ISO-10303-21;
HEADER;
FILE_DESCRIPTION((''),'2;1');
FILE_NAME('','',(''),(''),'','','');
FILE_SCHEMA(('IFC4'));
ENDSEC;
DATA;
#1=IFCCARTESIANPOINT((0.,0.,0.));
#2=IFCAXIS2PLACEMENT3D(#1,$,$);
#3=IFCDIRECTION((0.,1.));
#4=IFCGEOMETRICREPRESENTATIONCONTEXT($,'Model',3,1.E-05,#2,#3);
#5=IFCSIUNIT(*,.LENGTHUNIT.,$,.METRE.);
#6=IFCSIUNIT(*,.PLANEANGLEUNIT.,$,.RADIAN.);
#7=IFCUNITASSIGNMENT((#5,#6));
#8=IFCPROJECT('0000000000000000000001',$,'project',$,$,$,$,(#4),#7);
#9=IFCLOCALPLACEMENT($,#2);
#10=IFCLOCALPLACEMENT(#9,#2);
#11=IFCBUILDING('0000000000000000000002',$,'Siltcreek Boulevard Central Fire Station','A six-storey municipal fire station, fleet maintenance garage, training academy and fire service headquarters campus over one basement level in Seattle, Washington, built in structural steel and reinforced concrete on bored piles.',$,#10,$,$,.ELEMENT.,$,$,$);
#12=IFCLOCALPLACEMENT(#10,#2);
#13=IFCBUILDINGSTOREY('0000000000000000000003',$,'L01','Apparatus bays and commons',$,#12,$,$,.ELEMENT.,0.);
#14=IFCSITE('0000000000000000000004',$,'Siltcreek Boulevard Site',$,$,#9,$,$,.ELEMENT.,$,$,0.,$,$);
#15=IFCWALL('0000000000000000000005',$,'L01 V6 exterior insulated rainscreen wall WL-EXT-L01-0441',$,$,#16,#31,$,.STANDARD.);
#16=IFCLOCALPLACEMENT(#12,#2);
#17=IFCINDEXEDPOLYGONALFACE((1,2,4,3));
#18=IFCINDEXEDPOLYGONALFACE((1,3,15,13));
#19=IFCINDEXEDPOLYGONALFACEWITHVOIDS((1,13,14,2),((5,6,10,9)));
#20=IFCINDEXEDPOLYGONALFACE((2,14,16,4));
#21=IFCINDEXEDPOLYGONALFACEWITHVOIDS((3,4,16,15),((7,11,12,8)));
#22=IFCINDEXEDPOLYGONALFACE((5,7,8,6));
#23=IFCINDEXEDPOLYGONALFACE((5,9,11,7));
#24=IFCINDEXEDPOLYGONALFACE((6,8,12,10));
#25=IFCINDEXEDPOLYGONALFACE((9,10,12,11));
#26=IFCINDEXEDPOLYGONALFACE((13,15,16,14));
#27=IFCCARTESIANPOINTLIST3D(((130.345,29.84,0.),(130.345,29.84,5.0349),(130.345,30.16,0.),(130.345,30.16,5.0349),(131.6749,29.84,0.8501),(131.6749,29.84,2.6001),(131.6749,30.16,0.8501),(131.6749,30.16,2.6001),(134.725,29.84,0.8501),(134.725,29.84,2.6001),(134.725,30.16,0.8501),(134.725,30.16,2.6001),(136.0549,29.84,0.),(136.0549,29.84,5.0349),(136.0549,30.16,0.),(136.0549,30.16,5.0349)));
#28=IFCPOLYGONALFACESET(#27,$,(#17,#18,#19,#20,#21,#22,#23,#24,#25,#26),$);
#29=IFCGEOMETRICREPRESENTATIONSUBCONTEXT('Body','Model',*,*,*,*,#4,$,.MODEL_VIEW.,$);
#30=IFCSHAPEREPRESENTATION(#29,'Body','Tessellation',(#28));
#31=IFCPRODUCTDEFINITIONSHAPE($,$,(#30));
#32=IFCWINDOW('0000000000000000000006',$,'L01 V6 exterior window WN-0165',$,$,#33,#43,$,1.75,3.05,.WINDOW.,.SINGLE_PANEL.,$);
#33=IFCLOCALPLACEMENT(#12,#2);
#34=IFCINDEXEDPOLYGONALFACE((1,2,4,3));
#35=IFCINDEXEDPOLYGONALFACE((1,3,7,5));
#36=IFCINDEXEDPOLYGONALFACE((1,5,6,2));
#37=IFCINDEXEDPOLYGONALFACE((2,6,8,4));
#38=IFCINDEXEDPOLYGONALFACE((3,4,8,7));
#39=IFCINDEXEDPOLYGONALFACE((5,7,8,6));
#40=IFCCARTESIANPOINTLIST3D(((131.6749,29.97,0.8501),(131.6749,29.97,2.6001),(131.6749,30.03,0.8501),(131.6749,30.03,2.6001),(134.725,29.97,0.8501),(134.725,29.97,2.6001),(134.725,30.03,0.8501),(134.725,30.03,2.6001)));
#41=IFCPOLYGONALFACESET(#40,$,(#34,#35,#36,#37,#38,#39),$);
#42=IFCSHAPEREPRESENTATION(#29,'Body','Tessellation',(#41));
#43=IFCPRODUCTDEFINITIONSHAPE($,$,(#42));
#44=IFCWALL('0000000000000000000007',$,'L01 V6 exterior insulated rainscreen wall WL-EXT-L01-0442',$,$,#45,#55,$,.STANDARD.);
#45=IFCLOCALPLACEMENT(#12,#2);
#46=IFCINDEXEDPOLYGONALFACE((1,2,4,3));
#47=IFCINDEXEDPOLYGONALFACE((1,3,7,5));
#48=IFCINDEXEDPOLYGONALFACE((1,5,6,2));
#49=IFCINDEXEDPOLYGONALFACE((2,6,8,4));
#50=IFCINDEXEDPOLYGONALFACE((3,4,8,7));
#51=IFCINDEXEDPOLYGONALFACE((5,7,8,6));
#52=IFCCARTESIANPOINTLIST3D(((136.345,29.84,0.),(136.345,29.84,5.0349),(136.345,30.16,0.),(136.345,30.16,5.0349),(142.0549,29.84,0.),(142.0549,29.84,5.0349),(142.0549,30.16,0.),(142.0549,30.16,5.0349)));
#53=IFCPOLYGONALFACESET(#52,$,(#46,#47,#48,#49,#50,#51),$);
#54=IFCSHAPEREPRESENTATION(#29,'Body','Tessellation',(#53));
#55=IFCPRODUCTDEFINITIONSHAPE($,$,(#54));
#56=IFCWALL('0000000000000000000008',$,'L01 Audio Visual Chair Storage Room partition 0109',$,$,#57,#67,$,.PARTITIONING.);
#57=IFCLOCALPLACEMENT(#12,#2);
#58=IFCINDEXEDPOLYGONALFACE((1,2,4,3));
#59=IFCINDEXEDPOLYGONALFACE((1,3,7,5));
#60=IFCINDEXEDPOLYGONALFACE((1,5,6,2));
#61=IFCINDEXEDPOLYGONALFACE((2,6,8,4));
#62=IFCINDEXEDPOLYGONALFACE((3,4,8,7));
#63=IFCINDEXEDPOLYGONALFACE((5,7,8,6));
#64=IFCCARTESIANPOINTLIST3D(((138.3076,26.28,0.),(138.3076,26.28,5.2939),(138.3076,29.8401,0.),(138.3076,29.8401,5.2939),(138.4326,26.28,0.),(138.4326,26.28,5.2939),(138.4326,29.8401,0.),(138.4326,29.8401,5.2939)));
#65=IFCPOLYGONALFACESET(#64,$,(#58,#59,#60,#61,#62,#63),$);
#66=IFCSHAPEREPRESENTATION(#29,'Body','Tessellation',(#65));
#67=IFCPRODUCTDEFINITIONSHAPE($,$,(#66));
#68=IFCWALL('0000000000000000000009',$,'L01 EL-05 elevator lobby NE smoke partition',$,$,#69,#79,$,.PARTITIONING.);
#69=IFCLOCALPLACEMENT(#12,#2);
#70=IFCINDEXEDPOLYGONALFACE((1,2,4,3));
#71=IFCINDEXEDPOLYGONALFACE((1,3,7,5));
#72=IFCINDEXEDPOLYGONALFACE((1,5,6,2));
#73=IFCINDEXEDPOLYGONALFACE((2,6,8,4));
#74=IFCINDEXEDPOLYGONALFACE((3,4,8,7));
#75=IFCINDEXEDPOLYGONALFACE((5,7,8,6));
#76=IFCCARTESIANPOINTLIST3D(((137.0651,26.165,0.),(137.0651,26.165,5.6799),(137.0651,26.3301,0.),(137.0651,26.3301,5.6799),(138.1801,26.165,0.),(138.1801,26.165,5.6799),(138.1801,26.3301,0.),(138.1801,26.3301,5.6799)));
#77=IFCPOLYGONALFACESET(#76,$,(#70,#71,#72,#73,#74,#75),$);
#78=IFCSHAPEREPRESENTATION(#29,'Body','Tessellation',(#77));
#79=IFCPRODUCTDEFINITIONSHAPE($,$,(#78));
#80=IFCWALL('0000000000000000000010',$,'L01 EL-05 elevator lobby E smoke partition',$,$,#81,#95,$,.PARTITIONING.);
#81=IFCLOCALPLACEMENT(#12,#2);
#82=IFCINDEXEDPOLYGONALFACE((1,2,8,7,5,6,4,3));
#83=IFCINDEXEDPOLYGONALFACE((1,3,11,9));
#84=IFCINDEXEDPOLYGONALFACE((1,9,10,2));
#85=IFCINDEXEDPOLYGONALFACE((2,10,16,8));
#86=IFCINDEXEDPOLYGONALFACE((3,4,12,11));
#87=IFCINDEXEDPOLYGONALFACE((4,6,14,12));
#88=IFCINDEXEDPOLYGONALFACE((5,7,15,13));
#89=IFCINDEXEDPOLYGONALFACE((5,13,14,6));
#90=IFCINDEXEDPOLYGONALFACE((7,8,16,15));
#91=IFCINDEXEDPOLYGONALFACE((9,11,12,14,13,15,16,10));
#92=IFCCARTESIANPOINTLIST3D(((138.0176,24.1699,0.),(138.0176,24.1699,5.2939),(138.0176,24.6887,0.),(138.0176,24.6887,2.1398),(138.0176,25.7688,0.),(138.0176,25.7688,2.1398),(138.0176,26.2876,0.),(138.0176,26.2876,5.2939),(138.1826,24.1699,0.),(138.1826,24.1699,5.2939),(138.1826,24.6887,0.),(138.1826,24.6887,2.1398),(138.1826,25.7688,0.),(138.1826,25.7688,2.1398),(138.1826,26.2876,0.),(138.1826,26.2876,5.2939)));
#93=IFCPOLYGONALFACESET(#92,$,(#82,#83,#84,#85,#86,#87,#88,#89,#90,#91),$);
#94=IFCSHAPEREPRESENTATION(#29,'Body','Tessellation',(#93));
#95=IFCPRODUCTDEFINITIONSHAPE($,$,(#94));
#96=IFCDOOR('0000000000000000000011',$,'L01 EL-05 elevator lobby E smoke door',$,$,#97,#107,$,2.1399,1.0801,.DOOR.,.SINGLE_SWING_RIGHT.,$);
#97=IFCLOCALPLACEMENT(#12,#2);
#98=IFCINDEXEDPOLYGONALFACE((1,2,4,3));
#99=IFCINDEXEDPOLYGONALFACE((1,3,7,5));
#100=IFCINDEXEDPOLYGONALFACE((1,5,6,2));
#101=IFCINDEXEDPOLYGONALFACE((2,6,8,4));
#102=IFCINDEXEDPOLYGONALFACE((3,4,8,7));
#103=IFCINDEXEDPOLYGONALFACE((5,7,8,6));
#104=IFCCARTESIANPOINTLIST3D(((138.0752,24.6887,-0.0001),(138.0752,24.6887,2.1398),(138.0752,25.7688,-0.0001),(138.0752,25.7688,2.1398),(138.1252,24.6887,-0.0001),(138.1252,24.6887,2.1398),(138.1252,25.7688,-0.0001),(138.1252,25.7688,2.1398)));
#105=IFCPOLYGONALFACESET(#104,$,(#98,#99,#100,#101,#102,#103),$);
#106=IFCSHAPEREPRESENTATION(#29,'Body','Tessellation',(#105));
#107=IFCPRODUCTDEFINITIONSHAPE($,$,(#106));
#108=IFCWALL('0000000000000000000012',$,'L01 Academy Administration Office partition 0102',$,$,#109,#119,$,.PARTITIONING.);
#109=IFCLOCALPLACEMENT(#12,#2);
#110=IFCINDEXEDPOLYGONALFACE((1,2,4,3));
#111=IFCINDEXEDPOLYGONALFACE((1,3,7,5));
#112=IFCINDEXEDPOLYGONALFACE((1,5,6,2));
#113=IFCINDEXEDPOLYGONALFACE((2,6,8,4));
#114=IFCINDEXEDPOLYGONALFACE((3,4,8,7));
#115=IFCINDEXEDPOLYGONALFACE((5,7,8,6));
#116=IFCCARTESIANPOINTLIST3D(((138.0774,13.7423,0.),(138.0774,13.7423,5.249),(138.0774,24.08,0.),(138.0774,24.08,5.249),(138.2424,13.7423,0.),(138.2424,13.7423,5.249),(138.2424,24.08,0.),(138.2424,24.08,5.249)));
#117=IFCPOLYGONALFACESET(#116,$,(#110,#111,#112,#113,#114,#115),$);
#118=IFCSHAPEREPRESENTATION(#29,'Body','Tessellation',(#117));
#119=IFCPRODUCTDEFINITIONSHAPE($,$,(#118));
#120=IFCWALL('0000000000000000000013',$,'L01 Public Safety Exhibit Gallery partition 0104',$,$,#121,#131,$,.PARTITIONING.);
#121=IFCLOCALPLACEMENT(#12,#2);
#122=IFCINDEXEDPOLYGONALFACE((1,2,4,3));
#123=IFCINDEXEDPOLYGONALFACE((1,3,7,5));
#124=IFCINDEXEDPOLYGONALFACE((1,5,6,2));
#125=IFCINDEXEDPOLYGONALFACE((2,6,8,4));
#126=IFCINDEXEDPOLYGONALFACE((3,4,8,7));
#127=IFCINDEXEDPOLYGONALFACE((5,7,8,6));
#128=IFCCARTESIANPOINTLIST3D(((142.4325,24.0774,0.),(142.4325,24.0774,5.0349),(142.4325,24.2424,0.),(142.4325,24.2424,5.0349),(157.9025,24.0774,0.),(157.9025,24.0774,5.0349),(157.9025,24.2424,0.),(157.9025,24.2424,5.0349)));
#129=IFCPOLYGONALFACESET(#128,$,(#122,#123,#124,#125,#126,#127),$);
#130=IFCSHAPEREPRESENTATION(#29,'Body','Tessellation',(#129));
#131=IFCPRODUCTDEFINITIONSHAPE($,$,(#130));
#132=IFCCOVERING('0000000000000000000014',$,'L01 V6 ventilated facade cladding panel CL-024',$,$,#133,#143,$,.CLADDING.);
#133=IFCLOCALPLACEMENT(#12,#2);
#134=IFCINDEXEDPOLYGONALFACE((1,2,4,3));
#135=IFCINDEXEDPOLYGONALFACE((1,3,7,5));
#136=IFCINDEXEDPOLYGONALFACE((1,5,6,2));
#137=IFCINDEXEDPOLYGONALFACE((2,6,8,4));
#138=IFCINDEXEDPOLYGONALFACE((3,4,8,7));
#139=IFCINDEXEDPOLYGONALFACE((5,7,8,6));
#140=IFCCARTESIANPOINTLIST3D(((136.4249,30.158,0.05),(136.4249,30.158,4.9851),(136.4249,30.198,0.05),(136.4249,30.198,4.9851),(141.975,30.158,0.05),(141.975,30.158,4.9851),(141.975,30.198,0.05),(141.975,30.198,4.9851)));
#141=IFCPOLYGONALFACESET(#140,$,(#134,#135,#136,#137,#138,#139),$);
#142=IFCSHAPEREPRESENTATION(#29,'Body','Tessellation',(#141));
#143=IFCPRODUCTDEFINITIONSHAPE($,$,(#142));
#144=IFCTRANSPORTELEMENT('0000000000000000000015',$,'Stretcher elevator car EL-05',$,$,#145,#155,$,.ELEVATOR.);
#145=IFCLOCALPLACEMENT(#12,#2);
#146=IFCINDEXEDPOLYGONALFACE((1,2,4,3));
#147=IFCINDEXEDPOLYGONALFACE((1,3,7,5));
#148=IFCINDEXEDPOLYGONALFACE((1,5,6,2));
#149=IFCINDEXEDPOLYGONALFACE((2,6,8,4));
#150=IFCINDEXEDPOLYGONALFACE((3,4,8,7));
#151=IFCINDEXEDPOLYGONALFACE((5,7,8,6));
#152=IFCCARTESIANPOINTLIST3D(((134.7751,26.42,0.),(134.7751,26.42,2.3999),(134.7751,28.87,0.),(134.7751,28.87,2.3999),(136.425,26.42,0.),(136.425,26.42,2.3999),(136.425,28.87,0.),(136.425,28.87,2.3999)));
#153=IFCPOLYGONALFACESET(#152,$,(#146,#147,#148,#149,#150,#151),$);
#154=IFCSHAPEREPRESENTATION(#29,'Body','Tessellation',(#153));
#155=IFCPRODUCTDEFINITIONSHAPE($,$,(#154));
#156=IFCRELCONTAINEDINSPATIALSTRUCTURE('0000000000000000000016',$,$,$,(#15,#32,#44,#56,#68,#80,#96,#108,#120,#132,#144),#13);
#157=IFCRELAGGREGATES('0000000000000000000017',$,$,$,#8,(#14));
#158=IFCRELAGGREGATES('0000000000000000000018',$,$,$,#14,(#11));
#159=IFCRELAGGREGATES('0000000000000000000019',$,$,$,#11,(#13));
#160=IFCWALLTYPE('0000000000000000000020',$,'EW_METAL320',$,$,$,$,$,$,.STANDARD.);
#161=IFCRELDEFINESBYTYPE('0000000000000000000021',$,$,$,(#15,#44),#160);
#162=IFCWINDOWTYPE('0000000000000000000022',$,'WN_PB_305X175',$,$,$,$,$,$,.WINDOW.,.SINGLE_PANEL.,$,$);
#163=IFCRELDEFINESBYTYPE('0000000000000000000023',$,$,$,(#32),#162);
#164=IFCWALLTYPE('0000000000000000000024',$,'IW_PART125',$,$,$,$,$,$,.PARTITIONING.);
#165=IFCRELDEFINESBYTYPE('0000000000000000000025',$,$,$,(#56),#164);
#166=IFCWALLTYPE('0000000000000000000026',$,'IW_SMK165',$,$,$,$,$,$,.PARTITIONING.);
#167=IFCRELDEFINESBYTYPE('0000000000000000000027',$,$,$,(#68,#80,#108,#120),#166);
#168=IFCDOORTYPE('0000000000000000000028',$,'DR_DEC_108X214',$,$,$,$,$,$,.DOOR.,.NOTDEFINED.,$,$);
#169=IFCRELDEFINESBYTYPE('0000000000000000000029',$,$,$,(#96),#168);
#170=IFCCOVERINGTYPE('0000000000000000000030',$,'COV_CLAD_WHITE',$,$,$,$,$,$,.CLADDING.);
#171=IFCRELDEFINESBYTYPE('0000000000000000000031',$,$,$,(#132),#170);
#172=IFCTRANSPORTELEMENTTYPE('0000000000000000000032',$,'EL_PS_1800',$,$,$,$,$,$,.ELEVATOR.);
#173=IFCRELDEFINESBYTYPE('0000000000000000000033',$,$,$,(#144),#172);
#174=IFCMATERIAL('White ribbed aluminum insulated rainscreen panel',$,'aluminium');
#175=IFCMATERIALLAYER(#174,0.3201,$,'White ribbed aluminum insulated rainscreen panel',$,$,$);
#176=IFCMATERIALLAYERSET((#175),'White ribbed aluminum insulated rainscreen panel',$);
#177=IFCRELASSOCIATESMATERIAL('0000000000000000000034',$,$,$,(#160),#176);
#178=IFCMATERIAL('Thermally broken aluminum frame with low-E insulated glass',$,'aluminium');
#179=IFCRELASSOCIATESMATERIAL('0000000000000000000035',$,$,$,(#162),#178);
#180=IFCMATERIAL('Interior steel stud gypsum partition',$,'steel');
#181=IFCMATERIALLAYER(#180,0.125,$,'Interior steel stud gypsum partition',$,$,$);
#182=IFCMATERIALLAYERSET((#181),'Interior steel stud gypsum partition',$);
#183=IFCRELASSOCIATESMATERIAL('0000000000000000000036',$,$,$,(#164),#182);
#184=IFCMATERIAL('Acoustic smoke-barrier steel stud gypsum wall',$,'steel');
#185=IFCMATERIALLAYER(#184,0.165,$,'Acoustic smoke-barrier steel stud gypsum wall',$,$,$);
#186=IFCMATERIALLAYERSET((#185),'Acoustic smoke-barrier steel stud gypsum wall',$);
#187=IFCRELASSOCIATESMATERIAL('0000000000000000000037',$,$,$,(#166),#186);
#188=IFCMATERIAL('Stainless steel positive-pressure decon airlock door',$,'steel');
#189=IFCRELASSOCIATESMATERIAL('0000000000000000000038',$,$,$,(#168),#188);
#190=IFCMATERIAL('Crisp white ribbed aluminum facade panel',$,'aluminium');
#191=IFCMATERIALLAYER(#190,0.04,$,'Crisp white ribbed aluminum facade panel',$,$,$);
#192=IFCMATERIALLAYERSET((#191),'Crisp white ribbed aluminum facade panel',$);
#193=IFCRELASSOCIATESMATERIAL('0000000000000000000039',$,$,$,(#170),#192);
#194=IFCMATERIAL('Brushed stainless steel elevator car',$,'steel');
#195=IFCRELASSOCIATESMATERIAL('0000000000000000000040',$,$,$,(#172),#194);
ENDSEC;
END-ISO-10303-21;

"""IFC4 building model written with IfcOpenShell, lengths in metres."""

from ifc_helpers import new_model, si_unit, direction, frame, frame_2d, origin, origin_2d, place, context, subcontext, project, spatial, rectangle, extrude, material, layer, layer_set, type_object, element, fill, save


model = new_model("IFC4")

# Units and contexts
model_context = context("Model", 3, precision=1e-05, world=origin(), true_north=direction((0.0, 1.0)))
body_context = subcontext(model_context, "Body", "Model", "MODEL_VIEW")
ifc_project = project(units=[si_unit("LENGTHUNIT", "METRE"), si_unit("PLANEANGLEUNIT", "RADIAN")], contexts=[model_context])

# Site, building, storey
site_placement = place(None, origin())
site = spatial("IfcSite", under=ifc_project, at=site_placement, Name="Siltcreek Boulevard Site", CompositionType="ELEMENT", RefElevation=0.0)
building_placement = place(site_placement, origin())
building = spatial("IfcBuilding", under=site, at=building_placement, Name="Siltcreek Boulevard Central Fire Station", Description="A six-storey municipal fire station, fleet maintenance garage, training academy and fire service headquarters campus over one basement level in Seattle, Washington, built in structural steel and reinforced concrete on bored piles.", CompositionType="ELEMENT")
storey_placement = place(building_placement, origin())
storey = spatial("IfcBuildingStorey", under=building, at=storey_placement, Name="L01", Description="Apparatus bays and commons", CompositionType="ELEMENT", Elevation=0.0)

# Wall, opening, window
ifc_material_1 = material(Name="White ribbed aluminum insulated rainscreen panel", Category="aluminium")
ifc_layer_1 = layer(ifc_material_1, 0.3201, Name="White ribbed aluminum insulated rainscreen panel")
ifc_layer_set_1 = layer_set([ifc_layer_1], Name="White ribbed aluminum insulated rainscreen panel")
wall_type_1 = type_object("IfcWallType", Name="EW_METAL320", PredefinedType="STANDARD", material=ifc_layer_set_1)
wall_1_placement = place(storey_placement, frame((136.0549, 30.0, 0.0), z_axis=(0.0, 0.0, 1.0), x_axis=(-1.0, 0.0, 0.0)))
wall_1 = element("IfcWall", 1, at=wall_1_placement, inside=storey, type_object=wall_type_1, Name="L01 V6 exterior insulated rainscreen wall WL-EXT-L01-0441", PredefinedType="STANDARD", context=body_context, shape_type="SweptSolid", body=[
    extrude(rectangle(XDim=5.71, YDim=0.3201, at=frame_2d((2.855, 0.0))), origin(), (0.0, 0.0, 1.0), 5.0349),
])
opening_1_placement = place(wall_1_placement, frame((1.3301, 0.0, 0.8501)))
opening_1 = element("IfcOpeningElement", 2, at=opening_1_placement, cuts=wall_1, PredefinedType="OPENING", context=body_context, shape_type="SweptSolid", body=[
    extrude(rectangle(XDim=3.05, YDim=1.75, at=frame_2d((1.5249, 0.875))), frame((0.0, 0.1699, 0.0), z_axis=(0.0, -1.0, 0.0), x_axis=(1.0, 0.0, 0.0)), (0.0, 0.0, 1.0), 0.3401),
])
ifc_material_2 = material(Name="Thermally broken aluminum frame with low-E insulated glass", Category="aluminium")
window_type = type_object("IfcWindowType", Name="WN_PB_305X175", PartitioningType="SINGLE_PANEL", PredefinedType="WINDOW", material=ifc_material_2)
window_placement = place(opening_1_placement, origin())
window = element("IfcWindow", 3, at=window_placement, inside=storey, type_object=window_type, Name="L01 V6 exterior window WN-0165", OverallHeight=1.75, OverallWidth=3.05, PartitioningType="SINGLE_PANEL", PredefinedType="WINDOW", context=body_context, shape_type="SweptSolid", body=[
    extrude(rectangle(XDim=3.05, YDim=1.75, at=frame_2d((1.5249, 0.875))), frame((0.0, 0.03, 0.0), z_axis=(0.0, -1.0, 0.0), x_axis=(1.0, 0.0, 0.0)), (0.0, 0.0, 1.0), 0.0601),
])
fill(opening_1, window)

# Walls
wall_2_placement = place(storey_placement, frame((142.0549, 30.0, 0.0), z_axis=(0.0, 0.0, 1.0), x_axis=(-1.0, 0.0, 0.0)))
element("IfcWall", 4, at=wall_2_placement, inside=storey, type_object=wall_type_1, Name="L01 V6 exterior insulated rainscreen wall WL-EXT-L01-0442", PredefinedType="STANDARD", context=body_context, shape_type="SweptSolid", body=[
    extrude(rectangle(XDim=5.71, YDim=0.3201, at=frame_2d((2.855, 0.0))), origin(), (0.0, 0.0, 1.0), 5.0349),
])
ifc_material_3 = material(Name="Interior steel stud gypsum partition", Category="steel")
ifc_layer_2 = layer(ifc_material_3, 0.125, Name="Interior steel stud gypsum partition")
ifc_layer_set_2 = layer_set([ifc_layer_2], Name="Interior steel stud gypsum partition")
wall_type_2 = type_object("IfcWallType", Name="IW_PART125", PredefinedType="PARTITIONING", material=ifc_layer_set_2)
wall_3_placement = place(storey_placement, frame((138.3701, 26.28, 0.0), z_axis=(0.0, 0.0, 1.0), x_axis=(0.0, 1.0, 0.0)))
element("IfcWall", 5, at=wall_3_placement, inside=storey, type_object=wall_type_2, Name="L01 Audio Visual Chair Storage Room partition 0109", PredefinedType="PARTITIONING", context=body_context, shape_type="SweptSolid", body=[
    extrude(rectangle(XDim=3.5601, YDim=0.125, at=frame_2d((1.78, 0.0))), origin(), (0.0, 0.0, 1.0), 5.2939),
])
ifc_material_4 = material(Name="Acoustic smoke-barrier steel stud gypsum wall", Category="steel")
ifc_layer_3 = layer(ifc_material_4, 0.165, Name="Acoustic smoke-barrier steel stud gypsum wall")
ifc_layer_set_3 = layer_set([ifc_layer_3], Name="Acoustic smoke-barrier steel stud gypsum wall")
wall_type_3 = type_object("IfcWallType", Name="IW_SMK165", PredefinedType="PARTITIONING", material=ifc_layer_set_3)
wall_4_placement = place(storey_placement, frame((137.0649, 26.2476, 0.0), z_axis=(0.0, 0.0, 1.0), x_axis=(1.0, 0.0, 0.0)))
element("IfcWall", 6, at=wall_4_placement, inside=storey, type_object=wall_type_3, Name="L01 EL-05 elevator lobby NE smoke partition", PredefinedType="PARTITIONING", context=body_context, shape_type="SweptSolid", body=[
    extrude(rectangle(XDim=1.115, YDim=0.165, at=frame_2d((0.5576, 0.0))), origin(), (0.0, 0.0, 1.0), 5.6799),
])

# Wall, opening, door
wall_5_placement = place(storey_placement, frame((138.1001, 24.1699, 0.0), z_axis=(0.0, 0.0, 1.0), x_axis=(0.0, 1.0, 0.0)))
wall_5 = element("IfcWall", 7, at=wall_5_placement, inside=storey, type_object=wall_type_3, Name="L01 EL-05 elevator lobby E smoke partition", PredefinedType="PARTITIONING", context=body_context, shape_type="SweptSolid", body=[
    extrude(rectangle(XDim=2.1177, YDim=0.165, at=frame_2d((1.0588, 0.0))), origin(), (0.0, 0.0, 1.0), 5.2939),
])
opening_2_placement = place(wall_5_placement, frame((0.5188, 0.0, 0.0)))
opening_2 = element("IfcOpeningElement", 8, at=opening_2_placement, cuts=wall_5, PredefinedType="OPENING", context=body_context, shape_type="SweptSolid", body=[
    extrude(rectangle(XDim=1.0801, YDim=2.1399, at=frame_2d((0.54, 1.0698))), frame((0.0, 0.0925, 0.0), z_axis=(0.0, -1.0, 0.0), x_axis=(1.0, 0.0, 0.0)), (0.0, 0.0, 1.0), 0.1851),
])
ifc_material_5 = material(Name="Stainless steel positive-pressure decon airlock door", Category="steel")
door_type = type_object("IfcDoorType", Name="DR_DEC_108X214", OperationType="NOTDEFINED", PredefinedType="DOOR", material=ifc_material_5)
door_placement = place(opening_2_placement, origin())
door = element("IfcDoor", 9, at=door_placement, inside=storey, type_object=door_type, Name="L01 EL-05 elevator lobby E smoke door", OperationType="SINGLE_SWING_RIGHT", OverallHeight=2.1399, OverallWidth=1.0801, PredefinedType="DOOR", context=body_context, shape_type="SweptSolid", body=[
    extrude(rectangle(XDim=1.0801, YDim=2.1399, at=frame_2d((0.54, 1.0698))), frame((0.0, 0.0249, 0.0), z_axis=(0.0, -1.0, 0.0), x_axis=(1.0, 0.0, 0.0)), (0.0, 0.0, 1.0), 0.05),
])
fill(opening_2, door)

# Walls
wall_6_placement = place(storey_placement, frame((138.1599, 24.0801, 0.0), z_axis=(0.0, 0.0, 1.0), x_axis=(0.0, -1.0, 0.0)))
element("IfcWall", 10, at=wall_6_placement, inside=storey, type_object=wall_type_3, Name="L01 Academy Administration Office partition 0102", PredefinedType="PARTITIONING", context=body_context, shape_type="SweptSolid", body=[
    extrude(rectangle(XDim=10.3376, YDim=0.165, at=frame_2d((5.1689, 0.0))), origin(), (0.0, 0.0, 1.0), 5.249),
])
wall_7_placement = place(storey_placement, frame((142.4326, 24.1599, 0.0), z_axis=(0.0, 0.0, 1.0), x_axis=(1.0, 0.0, 0.0)))
element("IfcWall", 11, at=wall_7_placement, inside=storey, type_object=wall_type_3, Name="L01 Public Safety Exhibit Gallery partition 0104", PredefinedType="PARTITIONING", context=body_context, shape_type="SweptSolid", body=[
    extrude(rectangle(XDim=15.47, YDim=0.165, at=frame_2d((7.7349, 0.0))), origin(), (0.0, 0.0, 1.0), 5.0349),
])

# Covering
ifc_material_6 = material(Name="Crisp white ribbed aluminum facade panel", Category="aluminium")
ifc_layer_4 = layer(ifc_material_6, 0.04, Name="Crisp white ribbed aluminum facade panel")
ifc_layer_set_4 = layer_set([ifc_layer_4], Name="Crisp white ribbed aluminum facade panel")
covering_type = type_object("IfcCoveringType", Name="COV_CLAD_WHITE", PredefinedType="CLADDING", material=ifc_layer_set_4)
covering_placement = place(storey_placement, frame((139.2, 30.178, 0.05), z_axis=(0.0, 0.0, 1.0), x_axis=(-1.0, 0.0, 0.0)))
element("IfcCovering", 12, at=covering_placement, inside=storey, type_object=covering_type, Name="L01 V6 ventilated facade cladding panel CL-024", PredefinedType="CLADDING", context=body_context, shape_type="SweptSolid", body=[
    extrude(rectangle(XDim=5.55, YDim=0.04, at=origin_2d()), origin(), (0.0, 0.0, 1.0), 4.9351),
])

# Transport element
ifc_material_7 = material(Name="Brushed stainless steel elevator car", Category="steel")
transport_element_type = type_object("IfcTransportElementType", Name="EL_PS_1800", PredefinedType="ELEVATOR", material=ifc_material_7)
transport_element_placement = place(storey_placement, frame((135.6001, 27.645, 0.0), z_axis=(0.0, 0.0, 1.0), x_axis=(1.0, 0.0, 0.0)))
element("IfcTransportElement", 13, at=transport_element_placement, inside=storey, type_object=transport_element_type, Name="Stretcher elevator car EL-05", PredefinedType="ELEVATOR", context=body_context, shape_type="SweptSolid", body=[
    extrude(rectangle(XDim=1.6499, YDim=2.45, at=origin_2d()), origin(), (0.0, 0.0, 1.0), 2.3999),
])

save(model, "model.ifc")
